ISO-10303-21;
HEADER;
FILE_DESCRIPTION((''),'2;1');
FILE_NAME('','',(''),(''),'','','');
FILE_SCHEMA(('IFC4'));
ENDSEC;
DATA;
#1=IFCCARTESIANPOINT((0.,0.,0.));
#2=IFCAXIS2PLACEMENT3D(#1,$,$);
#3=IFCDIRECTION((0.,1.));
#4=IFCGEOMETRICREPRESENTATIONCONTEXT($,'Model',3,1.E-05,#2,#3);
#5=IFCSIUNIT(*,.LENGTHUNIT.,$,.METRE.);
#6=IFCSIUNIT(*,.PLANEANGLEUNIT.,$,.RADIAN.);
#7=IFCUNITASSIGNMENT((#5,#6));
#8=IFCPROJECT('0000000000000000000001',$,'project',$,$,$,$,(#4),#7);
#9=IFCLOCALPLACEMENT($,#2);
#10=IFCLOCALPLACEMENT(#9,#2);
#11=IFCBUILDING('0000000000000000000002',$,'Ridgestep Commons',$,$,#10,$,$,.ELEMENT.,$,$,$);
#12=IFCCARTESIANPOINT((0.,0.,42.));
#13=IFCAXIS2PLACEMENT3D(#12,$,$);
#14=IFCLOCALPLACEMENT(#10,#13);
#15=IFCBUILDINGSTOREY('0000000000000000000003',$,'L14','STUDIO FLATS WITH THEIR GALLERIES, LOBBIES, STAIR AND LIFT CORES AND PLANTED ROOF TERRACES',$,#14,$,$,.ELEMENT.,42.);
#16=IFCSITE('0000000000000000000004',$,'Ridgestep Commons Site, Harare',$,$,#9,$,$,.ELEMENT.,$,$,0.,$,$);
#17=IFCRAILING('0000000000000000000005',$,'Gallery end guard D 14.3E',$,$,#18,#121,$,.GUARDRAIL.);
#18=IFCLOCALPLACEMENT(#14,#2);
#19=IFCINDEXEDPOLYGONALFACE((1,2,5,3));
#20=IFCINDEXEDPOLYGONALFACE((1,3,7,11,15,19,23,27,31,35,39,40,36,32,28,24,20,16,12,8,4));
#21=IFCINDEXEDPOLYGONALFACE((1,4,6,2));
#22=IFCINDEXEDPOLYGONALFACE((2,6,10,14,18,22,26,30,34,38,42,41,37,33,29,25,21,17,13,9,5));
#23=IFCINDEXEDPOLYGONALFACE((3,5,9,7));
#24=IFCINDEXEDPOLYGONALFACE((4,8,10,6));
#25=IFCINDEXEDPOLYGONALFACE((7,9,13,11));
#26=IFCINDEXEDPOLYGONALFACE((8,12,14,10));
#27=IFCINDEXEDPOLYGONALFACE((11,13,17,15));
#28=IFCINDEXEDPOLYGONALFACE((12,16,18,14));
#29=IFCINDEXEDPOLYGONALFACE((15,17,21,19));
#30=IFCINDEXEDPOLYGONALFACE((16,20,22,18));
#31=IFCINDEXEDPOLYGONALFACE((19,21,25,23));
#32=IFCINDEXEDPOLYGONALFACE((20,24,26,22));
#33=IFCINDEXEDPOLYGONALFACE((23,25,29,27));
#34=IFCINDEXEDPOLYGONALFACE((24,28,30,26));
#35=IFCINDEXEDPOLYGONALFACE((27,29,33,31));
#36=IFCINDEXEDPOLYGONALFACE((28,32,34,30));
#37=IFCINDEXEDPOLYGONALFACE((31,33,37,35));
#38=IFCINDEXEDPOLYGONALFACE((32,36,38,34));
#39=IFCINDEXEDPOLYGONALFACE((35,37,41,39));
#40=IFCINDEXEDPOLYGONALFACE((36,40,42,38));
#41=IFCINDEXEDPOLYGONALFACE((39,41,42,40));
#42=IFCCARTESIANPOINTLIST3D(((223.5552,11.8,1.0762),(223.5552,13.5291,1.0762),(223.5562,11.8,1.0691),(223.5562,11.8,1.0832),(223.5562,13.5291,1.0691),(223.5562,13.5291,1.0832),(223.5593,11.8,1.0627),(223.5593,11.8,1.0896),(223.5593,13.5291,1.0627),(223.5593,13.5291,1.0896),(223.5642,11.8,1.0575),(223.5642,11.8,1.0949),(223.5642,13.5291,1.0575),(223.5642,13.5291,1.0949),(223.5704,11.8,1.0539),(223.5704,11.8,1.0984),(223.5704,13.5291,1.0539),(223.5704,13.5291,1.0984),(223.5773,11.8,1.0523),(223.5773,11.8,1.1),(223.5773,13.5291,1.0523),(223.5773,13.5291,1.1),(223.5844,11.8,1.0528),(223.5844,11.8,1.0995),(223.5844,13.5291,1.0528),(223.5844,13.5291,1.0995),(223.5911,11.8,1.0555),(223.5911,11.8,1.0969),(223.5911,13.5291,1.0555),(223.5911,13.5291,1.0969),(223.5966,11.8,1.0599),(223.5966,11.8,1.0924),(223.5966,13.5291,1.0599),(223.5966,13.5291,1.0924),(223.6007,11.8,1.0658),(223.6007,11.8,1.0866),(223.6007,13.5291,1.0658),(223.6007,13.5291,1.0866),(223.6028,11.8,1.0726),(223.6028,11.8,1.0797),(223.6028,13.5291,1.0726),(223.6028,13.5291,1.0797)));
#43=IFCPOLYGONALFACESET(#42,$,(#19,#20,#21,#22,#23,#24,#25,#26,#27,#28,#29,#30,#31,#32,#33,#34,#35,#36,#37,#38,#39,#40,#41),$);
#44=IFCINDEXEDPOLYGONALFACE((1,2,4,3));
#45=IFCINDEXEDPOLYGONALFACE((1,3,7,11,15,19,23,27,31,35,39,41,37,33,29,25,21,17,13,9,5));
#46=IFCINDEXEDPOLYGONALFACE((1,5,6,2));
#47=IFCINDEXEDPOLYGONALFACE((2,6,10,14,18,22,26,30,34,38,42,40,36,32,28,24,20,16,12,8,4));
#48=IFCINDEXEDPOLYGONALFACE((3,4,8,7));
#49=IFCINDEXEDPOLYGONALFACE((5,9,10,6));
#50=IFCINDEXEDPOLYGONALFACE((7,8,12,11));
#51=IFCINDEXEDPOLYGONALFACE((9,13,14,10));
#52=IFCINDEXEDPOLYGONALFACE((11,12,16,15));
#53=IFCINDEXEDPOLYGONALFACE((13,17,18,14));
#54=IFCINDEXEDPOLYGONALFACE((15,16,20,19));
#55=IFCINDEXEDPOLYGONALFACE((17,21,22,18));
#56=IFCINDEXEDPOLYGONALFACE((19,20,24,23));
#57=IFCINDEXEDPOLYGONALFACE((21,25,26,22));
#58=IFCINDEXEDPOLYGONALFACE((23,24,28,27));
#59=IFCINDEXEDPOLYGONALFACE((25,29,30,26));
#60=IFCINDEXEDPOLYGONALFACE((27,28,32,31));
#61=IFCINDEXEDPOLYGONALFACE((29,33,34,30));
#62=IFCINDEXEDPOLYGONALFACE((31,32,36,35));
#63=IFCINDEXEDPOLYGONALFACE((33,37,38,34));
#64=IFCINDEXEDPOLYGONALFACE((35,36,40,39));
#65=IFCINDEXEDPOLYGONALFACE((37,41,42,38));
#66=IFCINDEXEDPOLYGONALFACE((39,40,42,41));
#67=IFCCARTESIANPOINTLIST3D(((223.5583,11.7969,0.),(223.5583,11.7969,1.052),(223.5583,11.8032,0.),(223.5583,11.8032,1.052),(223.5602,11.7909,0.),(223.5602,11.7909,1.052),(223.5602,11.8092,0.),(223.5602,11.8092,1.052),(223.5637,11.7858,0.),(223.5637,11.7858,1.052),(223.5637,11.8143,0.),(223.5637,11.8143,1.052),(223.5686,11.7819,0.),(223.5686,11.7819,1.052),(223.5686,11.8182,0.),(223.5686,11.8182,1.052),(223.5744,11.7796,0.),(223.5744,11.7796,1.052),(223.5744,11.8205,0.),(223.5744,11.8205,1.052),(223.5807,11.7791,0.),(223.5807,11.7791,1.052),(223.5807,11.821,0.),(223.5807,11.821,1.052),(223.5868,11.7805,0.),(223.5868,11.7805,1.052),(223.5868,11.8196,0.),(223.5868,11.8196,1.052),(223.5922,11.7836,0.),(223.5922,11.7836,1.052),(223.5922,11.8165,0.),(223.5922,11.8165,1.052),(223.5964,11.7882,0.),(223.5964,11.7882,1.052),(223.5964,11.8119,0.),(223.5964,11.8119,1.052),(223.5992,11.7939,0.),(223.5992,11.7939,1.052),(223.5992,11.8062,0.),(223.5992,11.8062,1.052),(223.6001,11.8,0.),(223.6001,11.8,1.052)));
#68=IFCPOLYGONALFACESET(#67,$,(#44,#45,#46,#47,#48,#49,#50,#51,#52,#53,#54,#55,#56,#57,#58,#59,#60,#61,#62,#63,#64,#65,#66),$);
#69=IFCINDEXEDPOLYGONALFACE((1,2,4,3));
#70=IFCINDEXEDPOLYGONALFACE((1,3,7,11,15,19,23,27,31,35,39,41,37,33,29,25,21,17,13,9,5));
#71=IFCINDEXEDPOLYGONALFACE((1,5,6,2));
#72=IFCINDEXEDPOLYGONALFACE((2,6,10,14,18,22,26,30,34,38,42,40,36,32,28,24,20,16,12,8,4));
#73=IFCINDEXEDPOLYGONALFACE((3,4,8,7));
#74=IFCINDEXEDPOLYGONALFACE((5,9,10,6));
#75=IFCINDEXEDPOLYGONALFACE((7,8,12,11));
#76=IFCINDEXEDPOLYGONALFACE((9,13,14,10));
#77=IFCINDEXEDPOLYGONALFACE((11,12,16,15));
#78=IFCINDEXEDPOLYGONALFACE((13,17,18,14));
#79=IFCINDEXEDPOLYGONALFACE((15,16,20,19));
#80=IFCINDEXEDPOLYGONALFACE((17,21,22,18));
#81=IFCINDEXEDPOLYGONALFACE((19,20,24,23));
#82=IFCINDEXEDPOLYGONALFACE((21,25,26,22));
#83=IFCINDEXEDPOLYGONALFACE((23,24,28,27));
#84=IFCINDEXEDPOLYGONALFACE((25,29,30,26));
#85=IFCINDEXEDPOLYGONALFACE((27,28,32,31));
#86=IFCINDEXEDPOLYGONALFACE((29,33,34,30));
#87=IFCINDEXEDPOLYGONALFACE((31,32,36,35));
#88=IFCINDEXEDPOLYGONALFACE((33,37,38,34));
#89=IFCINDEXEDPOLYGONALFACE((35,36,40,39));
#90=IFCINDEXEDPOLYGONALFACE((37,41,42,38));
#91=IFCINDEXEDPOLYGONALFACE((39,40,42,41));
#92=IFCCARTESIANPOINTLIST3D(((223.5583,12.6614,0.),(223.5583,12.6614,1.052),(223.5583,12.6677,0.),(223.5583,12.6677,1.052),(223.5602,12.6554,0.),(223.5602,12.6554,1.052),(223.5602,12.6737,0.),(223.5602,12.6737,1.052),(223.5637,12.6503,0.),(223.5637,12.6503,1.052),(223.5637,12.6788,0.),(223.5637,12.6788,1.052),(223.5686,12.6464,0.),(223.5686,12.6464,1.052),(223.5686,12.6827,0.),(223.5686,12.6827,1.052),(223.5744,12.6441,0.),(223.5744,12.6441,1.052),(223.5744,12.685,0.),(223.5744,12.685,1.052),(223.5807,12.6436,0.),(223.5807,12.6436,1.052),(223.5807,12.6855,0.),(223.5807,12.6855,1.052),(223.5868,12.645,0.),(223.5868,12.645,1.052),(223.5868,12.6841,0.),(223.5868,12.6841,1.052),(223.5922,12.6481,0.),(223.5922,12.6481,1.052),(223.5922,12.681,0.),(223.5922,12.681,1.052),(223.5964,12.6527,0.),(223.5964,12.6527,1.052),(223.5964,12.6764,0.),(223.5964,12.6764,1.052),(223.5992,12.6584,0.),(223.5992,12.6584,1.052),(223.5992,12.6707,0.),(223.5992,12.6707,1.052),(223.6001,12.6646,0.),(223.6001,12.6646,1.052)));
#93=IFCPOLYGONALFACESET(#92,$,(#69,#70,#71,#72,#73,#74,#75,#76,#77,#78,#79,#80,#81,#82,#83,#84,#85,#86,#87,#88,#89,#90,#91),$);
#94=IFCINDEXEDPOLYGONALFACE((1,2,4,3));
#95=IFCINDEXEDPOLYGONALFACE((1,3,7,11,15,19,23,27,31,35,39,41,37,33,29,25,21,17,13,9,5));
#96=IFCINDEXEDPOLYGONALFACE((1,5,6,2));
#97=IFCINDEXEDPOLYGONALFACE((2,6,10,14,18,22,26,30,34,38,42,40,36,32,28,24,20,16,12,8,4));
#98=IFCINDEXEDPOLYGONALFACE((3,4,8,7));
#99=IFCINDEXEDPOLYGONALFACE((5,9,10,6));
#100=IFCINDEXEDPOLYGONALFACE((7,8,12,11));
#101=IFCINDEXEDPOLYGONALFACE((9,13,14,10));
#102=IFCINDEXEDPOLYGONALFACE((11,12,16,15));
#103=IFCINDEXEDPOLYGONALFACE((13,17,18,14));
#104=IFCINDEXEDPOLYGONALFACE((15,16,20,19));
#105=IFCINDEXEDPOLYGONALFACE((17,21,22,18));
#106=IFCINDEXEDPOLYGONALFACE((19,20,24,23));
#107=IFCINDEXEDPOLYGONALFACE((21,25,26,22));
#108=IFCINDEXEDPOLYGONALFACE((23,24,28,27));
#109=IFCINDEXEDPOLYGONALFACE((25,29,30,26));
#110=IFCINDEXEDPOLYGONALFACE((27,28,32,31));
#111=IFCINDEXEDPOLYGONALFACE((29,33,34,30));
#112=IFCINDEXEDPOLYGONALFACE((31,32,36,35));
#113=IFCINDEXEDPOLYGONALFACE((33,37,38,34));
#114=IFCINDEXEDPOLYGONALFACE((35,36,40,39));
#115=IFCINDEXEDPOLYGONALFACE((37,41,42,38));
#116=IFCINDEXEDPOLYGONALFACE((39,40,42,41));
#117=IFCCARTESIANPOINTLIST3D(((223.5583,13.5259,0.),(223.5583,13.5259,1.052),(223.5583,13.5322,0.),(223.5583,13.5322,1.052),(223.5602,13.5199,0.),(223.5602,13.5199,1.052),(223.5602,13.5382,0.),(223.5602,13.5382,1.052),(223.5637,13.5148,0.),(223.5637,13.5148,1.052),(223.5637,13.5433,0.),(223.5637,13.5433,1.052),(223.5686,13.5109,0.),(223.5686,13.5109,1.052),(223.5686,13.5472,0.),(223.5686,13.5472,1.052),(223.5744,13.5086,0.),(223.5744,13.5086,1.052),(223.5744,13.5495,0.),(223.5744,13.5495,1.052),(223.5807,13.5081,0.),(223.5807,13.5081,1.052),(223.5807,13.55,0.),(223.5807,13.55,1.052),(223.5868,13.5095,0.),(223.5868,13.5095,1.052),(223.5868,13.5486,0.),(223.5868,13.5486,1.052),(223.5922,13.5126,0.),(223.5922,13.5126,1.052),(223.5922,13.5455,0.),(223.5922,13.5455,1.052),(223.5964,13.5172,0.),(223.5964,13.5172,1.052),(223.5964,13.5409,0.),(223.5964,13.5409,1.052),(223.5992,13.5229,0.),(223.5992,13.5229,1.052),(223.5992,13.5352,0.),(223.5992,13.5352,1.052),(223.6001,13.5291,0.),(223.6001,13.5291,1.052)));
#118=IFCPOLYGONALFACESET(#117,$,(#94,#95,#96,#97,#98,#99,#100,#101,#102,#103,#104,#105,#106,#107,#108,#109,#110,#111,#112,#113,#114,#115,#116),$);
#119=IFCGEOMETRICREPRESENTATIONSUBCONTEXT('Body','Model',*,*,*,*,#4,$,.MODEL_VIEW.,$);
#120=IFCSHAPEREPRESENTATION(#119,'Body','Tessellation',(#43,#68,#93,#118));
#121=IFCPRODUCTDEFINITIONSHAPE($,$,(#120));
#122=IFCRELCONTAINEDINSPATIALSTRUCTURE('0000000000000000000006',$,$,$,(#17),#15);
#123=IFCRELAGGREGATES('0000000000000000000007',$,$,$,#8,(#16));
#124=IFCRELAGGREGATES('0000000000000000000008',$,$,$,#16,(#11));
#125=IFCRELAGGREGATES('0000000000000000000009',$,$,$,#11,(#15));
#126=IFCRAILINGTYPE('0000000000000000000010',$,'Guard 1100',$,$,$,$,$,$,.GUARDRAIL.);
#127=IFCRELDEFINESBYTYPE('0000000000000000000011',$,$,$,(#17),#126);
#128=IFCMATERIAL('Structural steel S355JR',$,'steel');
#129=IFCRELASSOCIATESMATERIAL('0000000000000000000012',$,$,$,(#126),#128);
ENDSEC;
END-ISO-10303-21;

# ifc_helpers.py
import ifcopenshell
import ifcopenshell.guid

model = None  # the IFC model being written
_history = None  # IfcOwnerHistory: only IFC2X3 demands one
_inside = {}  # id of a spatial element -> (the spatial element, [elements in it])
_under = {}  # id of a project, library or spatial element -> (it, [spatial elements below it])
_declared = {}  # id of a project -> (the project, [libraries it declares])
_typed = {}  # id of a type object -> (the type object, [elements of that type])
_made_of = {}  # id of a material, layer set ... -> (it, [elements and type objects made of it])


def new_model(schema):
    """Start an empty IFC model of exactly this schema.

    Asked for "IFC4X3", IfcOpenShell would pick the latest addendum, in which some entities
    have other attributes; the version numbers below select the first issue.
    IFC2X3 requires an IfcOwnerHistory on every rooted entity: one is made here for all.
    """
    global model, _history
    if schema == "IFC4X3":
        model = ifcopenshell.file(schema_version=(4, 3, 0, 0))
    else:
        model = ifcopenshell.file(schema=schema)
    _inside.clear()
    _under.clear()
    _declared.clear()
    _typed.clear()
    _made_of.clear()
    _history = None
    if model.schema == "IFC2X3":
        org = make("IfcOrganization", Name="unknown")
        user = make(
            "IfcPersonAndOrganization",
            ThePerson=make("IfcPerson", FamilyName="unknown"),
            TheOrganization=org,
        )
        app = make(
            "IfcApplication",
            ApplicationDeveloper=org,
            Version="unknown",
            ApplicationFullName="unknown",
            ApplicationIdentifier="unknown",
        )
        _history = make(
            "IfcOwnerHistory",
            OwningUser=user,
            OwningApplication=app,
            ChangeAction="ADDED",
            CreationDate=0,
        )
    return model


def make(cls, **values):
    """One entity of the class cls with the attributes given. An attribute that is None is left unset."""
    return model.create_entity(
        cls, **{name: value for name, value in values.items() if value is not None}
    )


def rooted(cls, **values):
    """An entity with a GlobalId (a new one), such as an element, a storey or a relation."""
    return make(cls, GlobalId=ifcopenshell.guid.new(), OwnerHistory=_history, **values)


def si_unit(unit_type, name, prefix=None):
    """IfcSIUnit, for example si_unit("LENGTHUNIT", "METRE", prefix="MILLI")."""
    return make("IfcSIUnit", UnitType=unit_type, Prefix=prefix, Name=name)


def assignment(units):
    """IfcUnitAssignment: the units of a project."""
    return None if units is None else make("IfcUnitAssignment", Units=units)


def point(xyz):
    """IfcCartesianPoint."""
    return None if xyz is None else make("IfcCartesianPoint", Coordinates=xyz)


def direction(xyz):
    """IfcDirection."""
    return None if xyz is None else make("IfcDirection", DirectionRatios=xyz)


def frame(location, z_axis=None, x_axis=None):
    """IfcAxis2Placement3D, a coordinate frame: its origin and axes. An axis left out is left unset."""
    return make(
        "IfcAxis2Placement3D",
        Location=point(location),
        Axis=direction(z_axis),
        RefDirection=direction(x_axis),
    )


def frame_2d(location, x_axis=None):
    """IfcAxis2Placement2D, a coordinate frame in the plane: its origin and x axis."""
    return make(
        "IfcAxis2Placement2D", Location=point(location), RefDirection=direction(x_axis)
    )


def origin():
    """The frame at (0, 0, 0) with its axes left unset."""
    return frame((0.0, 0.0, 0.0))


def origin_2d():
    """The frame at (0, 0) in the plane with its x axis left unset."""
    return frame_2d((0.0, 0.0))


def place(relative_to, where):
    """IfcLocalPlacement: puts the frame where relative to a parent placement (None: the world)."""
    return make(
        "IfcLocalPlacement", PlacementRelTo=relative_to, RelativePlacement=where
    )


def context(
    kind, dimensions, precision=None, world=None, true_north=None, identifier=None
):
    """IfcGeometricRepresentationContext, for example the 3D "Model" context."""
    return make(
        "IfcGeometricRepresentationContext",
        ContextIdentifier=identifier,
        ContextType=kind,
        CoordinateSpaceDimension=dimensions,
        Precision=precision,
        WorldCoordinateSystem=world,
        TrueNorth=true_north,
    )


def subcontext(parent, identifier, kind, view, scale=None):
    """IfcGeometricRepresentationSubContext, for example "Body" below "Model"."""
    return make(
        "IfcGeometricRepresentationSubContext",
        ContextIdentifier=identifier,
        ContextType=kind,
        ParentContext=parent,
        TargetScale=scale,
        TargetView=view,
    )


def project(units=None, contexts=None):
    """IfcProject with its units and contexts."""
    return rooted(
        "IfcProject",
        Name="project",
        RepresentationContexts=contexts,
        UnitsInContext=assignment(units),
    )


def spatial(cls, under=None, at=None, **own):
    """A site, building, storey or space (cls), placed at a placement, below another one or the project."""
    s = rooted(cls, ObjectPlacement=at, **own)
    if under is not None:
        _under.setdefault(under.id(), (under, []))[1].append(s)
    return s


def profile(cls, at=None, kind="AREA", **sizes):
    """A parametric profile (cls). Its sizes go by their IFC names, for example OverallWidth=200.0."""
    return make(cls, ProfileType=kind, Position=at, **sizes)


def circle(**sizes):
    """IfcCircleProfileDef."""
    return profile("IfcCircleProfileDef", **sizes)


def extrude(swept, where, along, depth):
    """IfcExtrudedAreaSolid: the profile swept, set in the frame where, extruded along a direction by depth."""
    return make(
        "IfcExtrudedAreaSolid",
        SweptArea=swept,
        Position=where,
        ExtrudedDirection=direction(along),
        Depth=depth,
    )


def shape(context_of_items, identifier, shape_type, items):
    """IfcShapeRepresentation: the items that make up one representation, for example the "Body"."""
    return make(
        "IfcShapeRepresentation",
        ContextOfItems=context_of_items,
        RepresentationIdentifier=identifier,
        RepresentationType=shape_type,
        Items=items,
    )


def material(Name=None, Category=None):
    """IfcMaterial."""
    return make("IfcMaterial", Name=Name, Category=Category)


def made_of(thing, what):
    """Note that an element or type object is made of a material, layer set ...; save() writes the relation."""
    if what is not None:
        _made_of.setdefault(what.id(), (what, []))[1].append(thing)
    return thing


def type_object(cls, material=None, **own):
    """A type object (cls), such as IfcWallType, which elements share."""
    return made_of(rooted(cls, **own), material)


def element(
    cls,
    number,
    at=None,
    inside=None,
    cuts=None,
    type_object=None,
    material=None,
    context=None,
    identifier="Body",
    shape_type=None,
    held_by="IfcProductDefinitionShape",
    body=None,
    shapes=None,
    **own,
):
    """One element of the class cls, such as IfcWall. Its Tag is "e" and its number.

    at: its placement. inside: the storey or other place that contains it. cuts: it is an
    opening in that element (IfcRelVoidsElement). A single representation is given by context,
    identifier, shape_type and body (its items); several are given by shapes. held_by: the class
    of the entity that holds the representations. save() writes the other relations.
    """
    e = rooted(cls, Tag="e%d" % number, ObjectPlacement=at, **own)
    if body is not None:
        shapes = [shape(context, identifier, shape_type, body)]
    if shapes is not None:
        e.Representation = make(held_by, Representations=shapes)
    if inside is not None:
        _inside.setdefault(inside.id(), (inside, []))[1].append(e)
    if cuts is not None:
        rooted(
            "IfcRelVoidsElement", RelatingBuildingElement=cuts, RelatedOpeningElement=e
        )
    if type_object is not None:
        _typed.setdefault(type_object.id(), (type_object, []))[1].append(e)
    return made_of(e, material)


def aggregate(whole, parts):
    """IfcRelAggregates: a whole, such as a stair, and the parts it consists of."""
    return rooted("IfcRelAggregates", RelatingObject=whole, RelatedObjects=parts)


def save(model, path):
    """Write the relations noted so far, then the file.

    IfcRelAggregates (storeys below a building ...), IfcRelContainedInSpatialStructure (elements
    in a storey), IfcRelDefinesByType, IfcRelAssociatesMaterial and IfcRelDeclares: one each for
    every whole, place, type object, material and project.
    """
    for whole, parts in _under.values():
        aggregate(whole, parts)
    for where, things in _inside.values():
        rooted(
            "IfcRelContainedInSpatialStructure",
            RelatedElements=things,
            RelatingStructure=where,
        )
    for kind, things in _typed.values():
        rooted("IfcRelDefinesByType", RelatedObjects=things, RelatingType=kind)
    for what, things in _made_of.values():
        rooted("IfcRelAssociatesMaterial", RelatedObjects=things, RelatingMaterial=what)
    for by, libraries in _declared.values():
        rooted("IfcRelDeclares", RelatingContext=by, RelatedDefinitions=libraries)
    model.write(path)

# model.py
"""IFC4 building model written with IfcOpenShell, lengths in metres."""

from ifc_helpers import new_model, si_unit, direction, frame, origin, origin_2d, place, context, subcontext, project, spatial, circle, extrude, material, type_object, element, save


model = new_model("IFC4")

# Units and contexts
model_context = context("Model", 3, precision=1e-05, world=origin(), true_north=direction((0.0, 1.0)))
body_context = subcontext(model_context, "Body", "Model", "MODEL_VIEW")
ifc_project = project(units=[si_unit("LENGTHUNIT", "METRE"), si_unit("PLANEANGLEUNIT", "RADIAN")], contexts=[model_context])

# Site, building, storey
site_placement = place(None, origin())
site = spatial("IfcSite", under=ifc_project, at=site_placement, Name="Ridgestep Commons Site, Harare", CompositionType="ELEMENT", RefElevation=0.0)
building_placement = place(site_placement, origin())
building = spatial("IfcBuilding", under=site, at=building_placement, Name="Ridgestep Commons", CompositionType="ELEMENT")
storey_placement = place(building_placement, frame((0.0, 0.0, 42.0)))
storey = spatial("IfcBuildingStorey", under=building, at=storey_placement, Name="L14", Description="STUDIO FLATS WITH THEIR GALLERIES, LOBBIES, STAIR AND LIFT CORES AND PLANTED ROOF TERRACES", CompositionType="ELEMENT", Elevation=42.0)

# Railing
ifc_material_1 = material(Name="Structural steel S355JR", Category="steel")
railing_type = type_object("IfcRailingType", Name="Guard 1100", PredefinedType="GUARDRAIL", material=ifc_material_1)
railing_1_placement = place(storey_placement, frame((223.5791, 11.8, 0.0)))
element("IfcRailing", 1, at=railing_1_placement, inside=storey, type_object=railing_type, Name="Gallery end guard D 14.3E", PredefinedType="GUARDRAIL", context=body_context, shape_type="SweptSolid", body=[
    extrude(circle(Radius=0.0239, at=origin_2d()), frame((0.0, 0.0, 1.0762), z_axis=(0.0, 1.0, 0.0), x_axis=(-1.0, 0.0, 0.0)), (0.0, 0.0, 1.0), 1.729),
    extrude(circle(Radius=0.021, at=origin_2d()), origin(), (0.0, 0.0, 1.0), 1.052),
    extrude(circle(Radius=0.021, at=origin_2d()), frame((0.0, 0.8645, 0.0)), (0.0, 0.0, 1.0), 1.052),
    extrude(circle(Radius=0.021, at=origin_2d()), frame((0.0, 1.729, 0.0)), (0.0, 0.0, 1.0), 1.052),
])

save(model, "model.ifc")
